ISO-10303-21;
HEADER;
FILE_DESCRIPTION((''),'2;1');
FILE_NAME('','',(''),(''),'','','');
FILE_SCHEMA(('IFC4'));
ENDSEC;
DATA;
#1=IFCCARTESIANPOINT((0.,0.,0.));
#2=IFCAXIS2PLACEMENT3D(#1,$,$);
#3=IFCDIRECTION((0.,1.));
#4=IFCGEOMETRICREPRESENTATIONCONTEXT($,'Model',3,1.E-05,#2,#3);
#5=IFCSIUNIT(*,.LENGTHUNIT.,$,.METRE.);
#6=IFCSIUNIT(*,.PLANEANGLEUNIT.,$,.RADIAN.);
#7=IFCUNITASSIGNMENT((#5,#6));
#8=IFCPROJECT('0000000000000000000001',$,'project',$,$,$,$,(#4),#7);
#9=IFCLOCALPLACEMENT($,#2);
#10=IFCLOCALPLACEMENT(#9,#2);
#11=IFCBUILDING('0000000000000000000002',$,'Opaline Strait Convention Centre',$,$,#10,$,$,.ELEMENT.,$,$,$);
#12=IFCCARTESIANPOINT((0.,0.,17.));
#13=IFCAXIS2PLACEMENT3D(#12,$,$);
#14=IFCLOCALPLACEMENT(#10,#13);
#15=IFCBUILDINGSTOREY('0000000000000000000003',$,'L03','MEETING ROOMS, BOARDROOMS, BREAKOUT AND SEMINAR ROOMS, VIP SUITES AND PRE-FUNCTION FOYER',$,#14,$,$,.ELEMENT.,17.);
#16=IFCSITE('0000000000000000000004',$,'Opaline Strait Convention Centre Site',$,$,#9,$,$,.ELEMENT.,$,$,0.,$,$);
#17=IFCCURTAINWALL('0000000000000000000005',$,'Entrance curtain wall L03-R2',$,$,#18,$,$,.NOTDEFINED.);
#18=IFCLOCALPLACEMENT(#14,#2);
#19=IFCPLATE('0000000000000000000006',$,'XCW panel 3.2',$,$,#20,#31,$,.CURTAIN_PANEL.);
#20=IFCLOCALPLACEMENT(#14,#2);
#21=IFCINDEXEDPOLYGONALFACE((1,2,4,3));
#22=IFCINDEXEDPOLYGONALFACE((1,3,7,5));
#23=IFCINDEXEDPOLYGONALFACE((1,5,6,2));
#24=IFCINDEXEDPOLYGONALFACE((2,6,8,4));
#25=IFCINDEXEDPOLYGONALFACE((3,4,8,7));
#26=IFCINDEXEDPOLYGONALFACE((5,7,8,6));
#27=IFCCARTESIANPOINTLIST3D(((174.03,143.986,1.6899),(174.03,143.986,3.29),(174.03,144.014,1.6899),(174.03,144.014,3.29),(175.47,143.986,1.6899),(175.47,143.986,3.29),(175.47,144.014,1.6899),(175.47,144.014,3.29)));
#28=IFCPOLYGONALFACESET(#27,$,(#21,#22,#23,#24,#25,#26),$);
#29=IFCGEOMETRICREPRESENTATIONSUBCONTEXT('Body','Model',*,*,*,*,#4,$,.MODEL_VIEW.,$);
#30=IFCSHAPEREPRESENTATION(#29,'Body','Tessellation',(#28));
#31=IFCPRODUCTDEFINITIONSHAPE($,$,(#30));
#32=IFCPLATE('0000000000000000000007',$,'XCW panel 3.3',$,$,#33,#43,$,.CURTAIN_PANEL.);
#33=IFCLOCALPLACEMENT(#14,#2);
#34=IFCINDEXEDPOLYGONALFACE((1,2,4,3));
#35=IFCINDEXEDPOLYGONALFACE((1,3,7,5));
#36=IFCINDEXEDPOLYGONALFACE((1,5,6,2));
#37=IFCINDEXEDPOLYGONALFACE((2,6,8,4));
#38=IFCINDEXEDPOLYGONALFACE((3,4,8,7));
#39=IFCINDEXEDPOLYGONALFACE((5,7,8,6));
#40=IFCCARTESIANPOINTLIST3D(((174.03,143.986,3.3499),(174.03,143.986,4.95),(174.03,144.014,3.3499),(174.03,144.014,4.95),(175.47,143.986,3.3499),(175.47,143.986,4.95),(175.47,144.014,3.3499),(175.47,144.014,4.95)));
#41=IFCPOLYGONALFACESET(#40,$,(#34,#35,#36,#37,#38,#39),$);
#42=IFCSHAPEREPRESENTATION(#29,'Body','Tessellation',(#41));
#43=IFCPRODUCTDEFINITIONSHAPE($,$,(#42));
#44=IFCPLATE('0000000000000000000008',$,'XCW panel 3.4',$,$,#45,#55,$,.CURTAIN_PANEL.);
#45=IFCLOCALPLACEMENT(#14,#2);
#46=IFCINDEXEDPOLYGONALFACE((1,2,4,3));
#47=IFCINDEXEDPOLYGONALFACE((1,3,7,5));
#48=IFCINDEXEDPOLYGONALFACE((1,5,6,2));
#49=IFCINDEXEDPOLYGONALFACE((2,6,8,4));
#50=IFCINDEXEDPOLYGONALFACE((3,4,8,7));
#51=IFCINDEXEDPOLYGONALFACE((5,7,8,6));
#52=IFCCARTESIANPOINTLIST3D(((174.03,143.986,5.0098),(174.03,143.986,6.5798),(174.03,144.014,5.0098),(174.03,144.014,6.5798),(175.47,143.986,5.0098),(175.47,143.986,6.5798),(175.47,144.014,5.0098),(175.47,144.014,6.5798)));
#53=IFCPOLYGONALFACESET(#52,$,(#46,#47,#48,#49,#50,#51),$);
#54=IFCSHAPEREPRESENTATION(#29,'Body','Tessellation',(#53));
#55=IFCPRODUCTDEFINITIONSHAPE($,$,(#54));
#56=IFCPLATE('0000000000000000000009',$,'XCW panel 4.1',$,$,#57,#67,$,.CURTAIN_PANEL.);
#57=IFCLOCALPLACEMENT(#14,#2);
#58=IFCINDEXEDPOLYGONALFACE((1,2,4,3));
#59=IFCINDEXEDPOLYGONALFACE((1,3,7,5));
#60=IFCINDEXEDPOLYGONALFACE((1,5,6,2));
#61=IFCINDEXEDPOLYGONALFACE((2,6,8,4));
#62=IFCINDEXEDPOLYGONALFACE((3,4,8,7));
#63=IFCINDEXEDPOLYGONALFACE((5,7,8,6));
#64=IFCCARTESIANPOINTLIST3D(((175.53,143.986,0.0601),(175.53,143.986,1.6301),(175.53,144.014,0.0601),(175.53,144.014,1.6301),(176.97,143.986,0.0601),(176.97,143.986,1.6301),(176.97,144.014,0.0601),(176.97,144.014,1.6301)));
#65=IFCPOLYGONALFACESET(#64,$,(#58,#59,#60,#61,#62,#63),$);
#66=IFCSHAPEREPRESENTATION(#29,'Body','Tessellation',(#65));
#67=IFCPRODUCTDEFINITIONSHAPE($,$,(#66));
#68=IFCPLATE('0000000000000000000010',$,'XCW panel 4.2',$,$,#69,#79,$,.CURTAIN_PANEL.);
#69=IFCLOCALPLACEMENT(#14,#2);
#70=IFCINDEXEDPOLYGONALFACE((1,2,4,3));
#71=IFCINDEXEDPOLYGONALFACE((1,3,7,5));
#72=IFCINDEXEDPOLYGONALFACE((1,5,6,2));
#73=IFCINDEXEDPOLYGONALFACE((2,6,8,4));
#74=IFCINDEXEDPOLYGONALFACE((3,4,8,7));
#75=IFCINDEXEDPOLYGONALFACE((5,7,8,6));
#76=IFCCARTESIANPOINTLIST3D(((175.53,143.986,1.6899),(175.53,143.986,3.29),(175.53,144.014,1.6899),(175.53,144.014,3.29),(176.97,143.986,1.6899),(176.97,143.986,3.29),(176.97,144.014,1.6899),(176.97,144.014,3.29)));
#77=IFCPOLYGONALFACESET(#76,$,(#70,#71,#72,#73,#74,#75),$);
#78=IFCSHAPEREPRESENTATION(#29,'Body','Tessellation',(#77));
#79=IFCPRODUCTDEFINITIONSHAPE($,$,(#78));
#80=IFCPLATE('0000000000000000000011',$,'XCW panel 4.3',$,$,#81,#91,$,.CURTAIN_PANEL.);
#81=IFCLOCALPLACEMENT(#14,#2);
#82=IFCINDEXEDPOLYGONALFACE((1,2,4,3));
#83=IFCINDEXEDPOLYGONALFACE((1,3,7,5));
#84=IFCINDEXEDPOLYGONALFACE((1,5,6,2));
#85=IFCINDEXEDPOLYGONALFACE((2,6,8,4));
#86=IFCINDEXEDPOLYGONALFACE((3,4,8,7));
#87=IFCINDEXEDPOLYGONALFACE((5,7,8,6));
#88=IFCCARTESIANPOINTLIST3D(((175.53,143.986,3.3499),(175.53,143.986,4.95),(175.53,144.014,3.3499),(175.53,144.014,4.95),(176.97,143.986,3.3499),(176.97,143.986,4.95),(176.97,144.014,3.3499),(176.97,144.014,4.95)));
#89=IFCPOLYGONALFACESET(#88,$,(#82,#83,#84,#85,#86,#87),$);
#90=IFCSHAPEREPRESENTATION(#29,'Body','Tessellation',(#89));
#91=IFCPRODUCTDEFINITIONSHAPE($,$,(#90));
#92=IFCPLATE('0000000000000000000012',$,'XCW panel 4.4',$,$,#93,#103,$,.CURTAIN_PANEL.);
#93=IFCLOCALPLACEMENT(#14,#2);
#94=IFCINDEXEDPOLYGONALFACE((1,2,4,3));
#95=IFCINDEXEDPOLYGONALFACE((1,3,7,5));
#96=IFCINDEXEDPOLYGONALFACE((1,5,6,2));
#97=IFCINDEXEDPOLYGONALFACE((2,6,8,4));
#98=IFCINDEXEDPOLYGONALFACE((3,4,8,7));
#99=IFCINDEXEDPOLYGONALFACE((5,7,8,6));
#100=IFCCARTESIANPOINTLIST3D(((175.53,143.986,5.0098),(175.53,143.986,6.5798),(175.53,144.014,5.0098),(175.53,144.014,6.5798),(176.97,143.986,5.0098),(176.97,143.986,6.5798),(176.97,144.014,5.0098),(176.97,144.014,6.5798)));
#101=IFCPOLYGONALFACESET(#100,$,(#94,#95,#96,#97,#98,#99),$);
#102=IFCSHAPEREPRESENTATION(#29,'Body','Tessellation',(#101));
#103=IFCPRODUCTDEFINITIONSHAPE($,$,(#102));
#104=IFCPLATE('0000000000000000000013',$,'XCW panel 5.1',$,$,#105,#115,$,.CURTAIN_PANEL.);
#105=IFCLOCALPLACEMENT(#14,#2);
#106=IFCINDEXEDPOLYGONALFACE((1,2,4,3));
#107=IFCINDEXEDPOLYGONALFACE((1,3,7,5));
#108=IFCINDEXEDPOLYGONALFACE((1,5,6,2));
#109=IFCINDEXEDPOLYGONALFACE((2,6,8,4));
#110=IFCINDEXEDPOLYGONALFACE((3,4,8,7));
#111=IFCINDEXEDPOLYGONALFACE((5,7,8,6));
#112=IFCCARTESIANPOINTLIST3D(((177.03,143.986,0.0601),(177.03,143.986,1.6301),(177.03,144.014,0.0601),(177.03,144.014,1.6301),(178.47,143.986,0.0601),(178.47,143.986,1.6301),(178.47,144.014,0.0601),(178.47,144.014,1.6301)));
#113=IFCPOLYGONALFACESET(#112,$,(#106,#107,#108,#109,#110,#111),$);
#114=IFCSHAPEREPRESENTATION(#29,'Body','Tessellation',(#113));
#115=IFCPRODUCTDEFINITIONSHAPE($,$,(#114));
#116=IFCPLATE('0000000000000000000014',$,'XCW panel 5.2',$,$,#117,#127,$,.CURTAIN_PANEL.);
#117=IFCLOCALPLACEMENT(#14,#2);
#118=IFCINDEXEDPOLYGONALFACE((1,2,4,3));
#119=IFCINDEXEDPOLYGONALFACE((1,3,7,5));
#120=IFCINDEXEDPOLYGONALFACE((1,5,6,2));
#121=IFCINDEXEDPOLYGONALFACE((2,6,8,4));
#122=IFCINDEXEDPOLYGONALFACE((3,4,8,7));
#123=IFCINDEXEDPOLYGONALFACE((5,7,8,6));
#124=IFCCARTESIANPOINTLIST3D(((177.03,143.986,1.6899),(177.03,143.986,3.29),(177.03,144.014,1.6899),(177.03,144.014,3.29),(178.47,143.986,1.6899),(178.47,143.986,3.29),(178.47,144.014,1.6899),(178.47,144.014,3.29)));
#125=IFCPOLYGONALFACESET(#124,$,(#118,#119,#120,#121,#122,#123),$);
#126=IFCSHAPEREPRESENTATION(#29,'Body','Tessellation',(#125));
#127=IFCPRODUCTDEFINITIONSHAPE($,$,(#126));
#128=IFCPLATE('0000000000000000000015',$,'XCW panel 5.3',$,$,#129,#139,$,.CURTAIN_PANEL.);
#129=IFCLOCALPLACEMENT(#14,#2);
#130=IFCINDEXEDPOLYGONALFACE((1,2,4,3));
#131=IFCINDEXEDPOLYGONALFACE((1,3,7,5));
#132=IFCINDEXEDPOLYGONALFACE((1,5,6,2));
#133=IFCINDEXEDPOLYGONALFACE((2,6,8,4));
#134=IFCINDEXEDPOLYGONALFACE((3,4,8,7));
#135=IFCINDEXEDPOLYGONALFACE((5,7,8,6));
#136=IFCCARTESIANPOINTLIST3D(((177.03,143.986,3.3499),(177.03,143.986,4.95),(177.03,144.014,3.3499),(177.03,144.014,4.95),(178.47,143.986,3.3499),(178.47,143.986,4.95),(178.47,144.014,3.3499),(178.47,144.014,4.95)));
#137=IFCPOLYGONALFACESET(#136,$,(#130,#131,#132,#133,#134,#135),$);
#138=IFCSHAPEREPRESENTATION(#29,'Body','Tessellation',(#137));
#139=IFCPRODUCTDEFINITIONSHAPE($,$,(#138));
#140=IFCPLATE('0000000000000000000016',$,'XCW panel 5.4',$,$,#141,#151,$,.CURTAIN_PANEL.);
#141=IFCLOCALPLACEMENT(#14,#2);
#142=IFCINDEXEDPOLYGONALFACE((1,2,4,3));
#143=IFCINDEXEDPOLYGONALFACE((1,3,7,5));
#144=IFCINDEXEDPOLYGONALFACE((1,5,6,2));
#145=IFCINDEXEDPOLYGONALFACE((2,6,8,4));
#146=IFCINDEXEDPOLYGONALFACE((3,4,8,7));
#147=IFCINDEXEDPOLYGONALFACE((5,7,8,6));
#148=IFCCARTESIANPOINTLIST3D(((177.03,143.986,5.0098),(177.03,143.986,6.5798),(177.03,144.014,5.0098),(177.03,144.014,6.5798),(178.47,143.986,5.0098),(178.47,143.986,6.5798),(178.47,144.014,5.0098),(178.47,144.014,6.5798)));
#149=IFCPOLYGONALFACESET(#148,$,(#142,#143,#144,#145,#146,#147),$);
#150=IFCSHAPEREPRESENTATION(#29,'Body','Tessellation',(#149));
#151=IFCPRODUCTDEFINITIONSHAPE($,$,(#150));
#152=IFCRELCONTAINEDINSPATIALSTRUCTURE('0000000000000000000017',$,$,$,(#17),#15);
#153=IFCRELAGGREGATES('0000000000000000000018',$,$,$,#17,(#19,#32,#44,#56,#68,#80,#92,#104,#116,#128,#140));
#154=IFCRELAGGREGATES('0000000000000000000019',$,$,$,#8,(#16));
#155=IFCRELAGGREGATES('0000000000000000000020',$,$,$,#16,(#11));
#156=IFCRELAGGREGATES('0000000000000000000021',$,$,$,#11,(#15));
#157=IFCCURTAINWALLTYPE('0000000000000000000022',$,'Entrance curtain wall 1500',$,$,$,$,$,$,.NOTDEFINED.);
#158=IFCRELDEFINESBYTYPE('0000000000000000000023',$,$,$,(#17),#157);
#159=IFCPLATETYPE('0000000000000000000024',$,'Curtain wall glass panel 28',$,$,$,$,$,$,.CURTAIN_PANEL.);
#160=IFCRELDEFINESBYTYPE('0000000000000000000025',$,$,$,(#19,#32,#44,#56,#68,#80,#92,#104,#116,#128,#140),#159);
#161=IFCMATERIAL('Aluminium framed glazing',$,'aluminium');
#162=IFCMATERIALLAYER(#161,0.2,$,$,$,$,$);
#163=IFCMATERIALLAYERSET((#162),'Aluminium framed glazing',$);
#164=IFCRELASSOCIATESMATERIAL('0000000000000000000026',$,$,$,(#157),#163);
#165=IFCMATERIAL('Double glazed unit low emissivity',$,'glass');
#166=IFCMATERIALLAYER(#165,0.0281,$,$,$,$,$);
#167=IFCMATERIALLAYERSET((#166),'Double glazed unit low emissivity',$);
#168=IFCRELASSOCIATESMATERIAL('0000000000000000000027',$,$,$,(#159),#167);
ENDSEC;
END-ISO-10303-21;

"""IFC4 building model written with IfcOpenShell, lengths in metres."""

from ifc_helpers import new_model, si_unit, direction, frame, origin, origin_2d, place, context, subcontext, project, spatial, rectangle, extrude, material, layer, layer_set, type_object, element, aggregate, save


model = new_model("IFC4")

# Units and contexts
model_context = context("Model", 3, precision=1e-05, world=origin(), true_north=direction((0.0, 1.0)))
body_context = subcontext(model_context, "Body", "Model", "MODEL_VIEW")
ifc_project = project(units=[si_unit("LENGTHUNIT", "METRE"), si_unit("PLANEANGLEUNIT", "RADIAN")], contexts=[model_context])

# Site, building, storey
site_placement = place(None, origin())
site = spatial("IfcSite", under=ifc_project, at=site_placement, Name="Opaline Strait Convention Centre Site", CompositionType="ELEMENT", RefElevation=0.0)
building_placement = place(site_placement, origin())
building = spatial("IfcBuilding", under=site, at=building_placement, Name="Opaline Strait Convention Centre", CompositionType="ELEMENT")
storey_placement = place(building_placement, frame((0.0, 0.0, 17.0)))
storey = spatial("IfcBuildingStorey", under=building, at=storey_placement, Name="L03", Description="MEETING ROOMS, BOARDROOMS, BREAKOUT AND SEMINAR ROOMS, VIP SUITES AND PRE-FUNCTION FOYER", CompositionType="ELEMENT", Elevation=17.0)

# Curtain wall, plates
ifc_material_1 = material(Name="Aluminium framed glazing", Category="aluminium")
ifc_layer_1 = layer(ifc_material_1, 0.2)
ifc_layer_set_1 = layer_set([ifc_layer_1], Name="Aluminium framed glazing")
curtain_wall_type = type_object("IfcCurtainWallType", Name="Entrance curtain wall 1500", PredefinedType="NOTDEFINED", material=ifc_layer_set_1)
curtain_wall_placement = place(storey_placement, origin())
curtain_wall = element("IfcCurtainWall", 1, at=curtain_wall_placement, inside=storey, type_object=curtain_wall_type, Name="Entrance curtain wall L03-R2", PredefinedType="NOTDEFINED")
ifc_material_2 = material(Name="Double glazed unit low emissivity", Category="glass")
ifc_layer_2 = layer(ifc_material_2, 0.0281)
ifc_layer_set_2 = layer_set([ifc_layer_2], Name="Double glazed unit low emissivity")
plate_type = type_object("IfcPlateType", Name="Curtain wall glass panel 28", PredefinedType="CURTAIN_PANEL", material=ifc_layer_set_2)
plate_1_placement = place(storey_placement, frame((174.75, 144.0, 1.6899), z_axis=(0.0, 0.0, 1.0), x_axis=(1.0, 0.0, 0.0)))
plate_1 = element("IfcPlate", 2, at=plate_1_placement, type_object=plate_type, Name="XCW panel 3.2", PredefinedType="CURTAIN_PANEL", context=body_context, shape_type="SweptSolid", body=[
    extrude(rectangle(XDim=1.4399, YDim=0.0281, at=origin_2d()), origin(), (0.0, 0.0, 1.0), 1.6001),
])
plate_2_placement = place(storey_placement, frame((174.75, 144.0, 3.3499), z_axis=(0.0, 0.0, 1.0), x_axis=(1.0, 0.0, 0.0)))
plate_2 = element("IfcPlate", 3, at=plate_2_placement, type_object=plate_type, Name="XCW panel 3.3", PredefinedType="CURTAIN_PANEL", context=body_context, shape_type="SweptSolid", body=[
    extrude(rectangle(XDim=1.4399, YDim=0.0281, at=origin_2d()), origin(), (0.0, 0.0, 1.0), 1.6001),
])
plate_3_placement = place(storey_placement, frame((174.75, 144.0, 5.0098), z_axis=(0.0, 0.0, 1.0), x_axis=(1.0, 0.0, 0.0)))
plate_3 = element("IfcPlate", 4, at=plate_3_placement, type_object=plate_type, Name="XCW panel 3.4", PredefinedType="CURTAIN_PANEL", context=body_context, shape_type="SweptSolid", body=[
    extrude(rectangle(XDim=1.4399, YDim=0.0281, at=origin_2d()), origin(), (0.0, 0.0, 1.0), 1.5701),
])
plate_4_placement = place(storey_placement, frame((176.25, 144.0, 0.0601), z_axis=(0.0, 0.0, 1.0), x_axis=(1.0, 0.0, 0.0)))
plate_4 = element("IfcPlate", 5, at=plate_4_placement, type_object=plate_type, Name="XCW panel 4.1", PredefinedType="CURTAIN_PANEL", context=body_context, shape_type="SweptSolid", body=[
    extrude(rectangle(XDim=1.4399, YDim=0.0281, at=origin_2d()), origin(), (0.0, 0.0, 1.0), 1.5701),
])
plate_5_placement = place(storey_placement, frame((176.25, 144.0, 1.6899), z_axis=(0.0, 0.0, 1.0), x_axis=(1.0, 0.0, 0.0)))
plate_5 = element("IfcPlate", 6, at=plate_5_placement, type_object=plate_type, Name="XCW panel 4.2", PredefinedType="CURTAIN_PANEL", context=body_context, shape_type="SweptSolid", body=[
    extrude(rectangle(XDim=1.4399, YDim=0.0281, at=origin_2d()), origin(), (0.0, 0.0, 1.0), 1.6001),
])
plate_6_placement = place(storey_placement, frame((176.25, 144.0, 3.3499), z_axis=(0.0, 0.0, 1.0), x_axis=(1.0, 0.0, 0.0)))
plate_6 = element("IfcPlate", 7, at=plate_6_placement, type_object=plate_type, Name="XCW panel 4.3", PredefinedType="CURTAIN_PANEL", context=body_context, shape_type="SweptSolid", body=[
    extrude(rectangle(XDim=1.4399, YDim=0.0281, at=origin_2d()), origin(), (0.0, 0.0, 1.0), 1.6001),
])
plate_7_placement = place(storey_placement, frame((176.25, 144.0, 5.0098), z_axis=(0.0, 0.0, 1.0), x_axis=(1.0, 0.0, 0.0)))
plate_7 = element("IfcPlate", 8, at=plate_7_placement, type_object=plate_type, Name="XCW panel 4.4", PredefinedType="CURTAIN_PANEL", context=body_context, shape_type="SweptSolid", body=[
    extrude(rectangle(XDim=1.4399, YDim=0.0281, at=origin_2d()), origin(), (0.0, 0.0, 1.0), 1.5701),
])
plate_8_placement = place(storey_placement, frame((177.75, 144.0, 0.0601), z_axis=(0.0, 0.0, 1.0), x_axis=(1.0, 0.0, 0.0)))
plate_8 = element("IfcPlate", 9, at=plate_8_placement, type_object=plate_type, Name="XCW panel 5.1", PredefinedType="CURTAIN_PANEL", context=body_context, shape_type="SweptSolid", body=[
    extrude(rectangle(XDim=1.4399, YDim=0.0281, at=origin_2d()), origin(), (0.0, 0.0, 1.0), 1.5701),
])
plate_9_placement = place(storey_placement, frame((177.75, 144.0, 1.6899), z_axis=(0.0, 0.0, 1.0), x_axis=(1.0, 0.0, 0.0)))
plate_9 = element("IfcPlate", 10, at=plate_9_placement, type_object=plate_type, Name="XCW panel 5.2", PredefinedType="CURTAIN_PANEL", context=body_context, shape_type="SweptSolid", body=[
    extrude(rectangle(XDim=1.4399, YDim=0.0281, at=origin_2d()), origin(), (0.0, 0.0, 1.0), 1.6001),
])
plate_10_placement = place(storey_placement, frame((177.75, 144.0, 3.3499), z_axis=(0.0, 0.0, 1.0), x_axis=(1.0, 0.0, 0.0)))
plate_10 = element("IfcPlate", 11, at=plate_10_placement, type_object=plate_type, Name="XCW panel 5.3", PredefinedType="CURTAIN_PANEL", context=body_context, shape_type="SweptSolid", body=[
    extrude(rectangle(XDim=1.4399, YDim=0.0281, at=origin_2d()), origin(), (0.0, 0.0, 1.0), 1.6001),
])
plate_11_placement = place(storey_placement, frame((177.75, 144.0, 5.0098), z_axis=(0.0, 0.0, 1.0), x_axis=(1.0, 0.0, 0.0)))
plate_11 = element("IfcPlate", 12, at=plate_11_placement, type_object=plate_type, Name="XCW panel 5.4", PredefinedType="CURTAIN_PANEL", context=body_context, shape_type="SweptSolid", body=[
    extrude(rectangle(XDim=1.4399, YDim=0.0281, at=origin_2d()), origin(), (0.0, 0.0, 1.0), 1.5701),
])
aggregate(curtain_wall, [plate_1, plate_2, plate_3, plate_4, plate_5, plate_6, plate_7, plate_8, plate_9, plate_10, plate_11])

save(model, "model.ifc")
